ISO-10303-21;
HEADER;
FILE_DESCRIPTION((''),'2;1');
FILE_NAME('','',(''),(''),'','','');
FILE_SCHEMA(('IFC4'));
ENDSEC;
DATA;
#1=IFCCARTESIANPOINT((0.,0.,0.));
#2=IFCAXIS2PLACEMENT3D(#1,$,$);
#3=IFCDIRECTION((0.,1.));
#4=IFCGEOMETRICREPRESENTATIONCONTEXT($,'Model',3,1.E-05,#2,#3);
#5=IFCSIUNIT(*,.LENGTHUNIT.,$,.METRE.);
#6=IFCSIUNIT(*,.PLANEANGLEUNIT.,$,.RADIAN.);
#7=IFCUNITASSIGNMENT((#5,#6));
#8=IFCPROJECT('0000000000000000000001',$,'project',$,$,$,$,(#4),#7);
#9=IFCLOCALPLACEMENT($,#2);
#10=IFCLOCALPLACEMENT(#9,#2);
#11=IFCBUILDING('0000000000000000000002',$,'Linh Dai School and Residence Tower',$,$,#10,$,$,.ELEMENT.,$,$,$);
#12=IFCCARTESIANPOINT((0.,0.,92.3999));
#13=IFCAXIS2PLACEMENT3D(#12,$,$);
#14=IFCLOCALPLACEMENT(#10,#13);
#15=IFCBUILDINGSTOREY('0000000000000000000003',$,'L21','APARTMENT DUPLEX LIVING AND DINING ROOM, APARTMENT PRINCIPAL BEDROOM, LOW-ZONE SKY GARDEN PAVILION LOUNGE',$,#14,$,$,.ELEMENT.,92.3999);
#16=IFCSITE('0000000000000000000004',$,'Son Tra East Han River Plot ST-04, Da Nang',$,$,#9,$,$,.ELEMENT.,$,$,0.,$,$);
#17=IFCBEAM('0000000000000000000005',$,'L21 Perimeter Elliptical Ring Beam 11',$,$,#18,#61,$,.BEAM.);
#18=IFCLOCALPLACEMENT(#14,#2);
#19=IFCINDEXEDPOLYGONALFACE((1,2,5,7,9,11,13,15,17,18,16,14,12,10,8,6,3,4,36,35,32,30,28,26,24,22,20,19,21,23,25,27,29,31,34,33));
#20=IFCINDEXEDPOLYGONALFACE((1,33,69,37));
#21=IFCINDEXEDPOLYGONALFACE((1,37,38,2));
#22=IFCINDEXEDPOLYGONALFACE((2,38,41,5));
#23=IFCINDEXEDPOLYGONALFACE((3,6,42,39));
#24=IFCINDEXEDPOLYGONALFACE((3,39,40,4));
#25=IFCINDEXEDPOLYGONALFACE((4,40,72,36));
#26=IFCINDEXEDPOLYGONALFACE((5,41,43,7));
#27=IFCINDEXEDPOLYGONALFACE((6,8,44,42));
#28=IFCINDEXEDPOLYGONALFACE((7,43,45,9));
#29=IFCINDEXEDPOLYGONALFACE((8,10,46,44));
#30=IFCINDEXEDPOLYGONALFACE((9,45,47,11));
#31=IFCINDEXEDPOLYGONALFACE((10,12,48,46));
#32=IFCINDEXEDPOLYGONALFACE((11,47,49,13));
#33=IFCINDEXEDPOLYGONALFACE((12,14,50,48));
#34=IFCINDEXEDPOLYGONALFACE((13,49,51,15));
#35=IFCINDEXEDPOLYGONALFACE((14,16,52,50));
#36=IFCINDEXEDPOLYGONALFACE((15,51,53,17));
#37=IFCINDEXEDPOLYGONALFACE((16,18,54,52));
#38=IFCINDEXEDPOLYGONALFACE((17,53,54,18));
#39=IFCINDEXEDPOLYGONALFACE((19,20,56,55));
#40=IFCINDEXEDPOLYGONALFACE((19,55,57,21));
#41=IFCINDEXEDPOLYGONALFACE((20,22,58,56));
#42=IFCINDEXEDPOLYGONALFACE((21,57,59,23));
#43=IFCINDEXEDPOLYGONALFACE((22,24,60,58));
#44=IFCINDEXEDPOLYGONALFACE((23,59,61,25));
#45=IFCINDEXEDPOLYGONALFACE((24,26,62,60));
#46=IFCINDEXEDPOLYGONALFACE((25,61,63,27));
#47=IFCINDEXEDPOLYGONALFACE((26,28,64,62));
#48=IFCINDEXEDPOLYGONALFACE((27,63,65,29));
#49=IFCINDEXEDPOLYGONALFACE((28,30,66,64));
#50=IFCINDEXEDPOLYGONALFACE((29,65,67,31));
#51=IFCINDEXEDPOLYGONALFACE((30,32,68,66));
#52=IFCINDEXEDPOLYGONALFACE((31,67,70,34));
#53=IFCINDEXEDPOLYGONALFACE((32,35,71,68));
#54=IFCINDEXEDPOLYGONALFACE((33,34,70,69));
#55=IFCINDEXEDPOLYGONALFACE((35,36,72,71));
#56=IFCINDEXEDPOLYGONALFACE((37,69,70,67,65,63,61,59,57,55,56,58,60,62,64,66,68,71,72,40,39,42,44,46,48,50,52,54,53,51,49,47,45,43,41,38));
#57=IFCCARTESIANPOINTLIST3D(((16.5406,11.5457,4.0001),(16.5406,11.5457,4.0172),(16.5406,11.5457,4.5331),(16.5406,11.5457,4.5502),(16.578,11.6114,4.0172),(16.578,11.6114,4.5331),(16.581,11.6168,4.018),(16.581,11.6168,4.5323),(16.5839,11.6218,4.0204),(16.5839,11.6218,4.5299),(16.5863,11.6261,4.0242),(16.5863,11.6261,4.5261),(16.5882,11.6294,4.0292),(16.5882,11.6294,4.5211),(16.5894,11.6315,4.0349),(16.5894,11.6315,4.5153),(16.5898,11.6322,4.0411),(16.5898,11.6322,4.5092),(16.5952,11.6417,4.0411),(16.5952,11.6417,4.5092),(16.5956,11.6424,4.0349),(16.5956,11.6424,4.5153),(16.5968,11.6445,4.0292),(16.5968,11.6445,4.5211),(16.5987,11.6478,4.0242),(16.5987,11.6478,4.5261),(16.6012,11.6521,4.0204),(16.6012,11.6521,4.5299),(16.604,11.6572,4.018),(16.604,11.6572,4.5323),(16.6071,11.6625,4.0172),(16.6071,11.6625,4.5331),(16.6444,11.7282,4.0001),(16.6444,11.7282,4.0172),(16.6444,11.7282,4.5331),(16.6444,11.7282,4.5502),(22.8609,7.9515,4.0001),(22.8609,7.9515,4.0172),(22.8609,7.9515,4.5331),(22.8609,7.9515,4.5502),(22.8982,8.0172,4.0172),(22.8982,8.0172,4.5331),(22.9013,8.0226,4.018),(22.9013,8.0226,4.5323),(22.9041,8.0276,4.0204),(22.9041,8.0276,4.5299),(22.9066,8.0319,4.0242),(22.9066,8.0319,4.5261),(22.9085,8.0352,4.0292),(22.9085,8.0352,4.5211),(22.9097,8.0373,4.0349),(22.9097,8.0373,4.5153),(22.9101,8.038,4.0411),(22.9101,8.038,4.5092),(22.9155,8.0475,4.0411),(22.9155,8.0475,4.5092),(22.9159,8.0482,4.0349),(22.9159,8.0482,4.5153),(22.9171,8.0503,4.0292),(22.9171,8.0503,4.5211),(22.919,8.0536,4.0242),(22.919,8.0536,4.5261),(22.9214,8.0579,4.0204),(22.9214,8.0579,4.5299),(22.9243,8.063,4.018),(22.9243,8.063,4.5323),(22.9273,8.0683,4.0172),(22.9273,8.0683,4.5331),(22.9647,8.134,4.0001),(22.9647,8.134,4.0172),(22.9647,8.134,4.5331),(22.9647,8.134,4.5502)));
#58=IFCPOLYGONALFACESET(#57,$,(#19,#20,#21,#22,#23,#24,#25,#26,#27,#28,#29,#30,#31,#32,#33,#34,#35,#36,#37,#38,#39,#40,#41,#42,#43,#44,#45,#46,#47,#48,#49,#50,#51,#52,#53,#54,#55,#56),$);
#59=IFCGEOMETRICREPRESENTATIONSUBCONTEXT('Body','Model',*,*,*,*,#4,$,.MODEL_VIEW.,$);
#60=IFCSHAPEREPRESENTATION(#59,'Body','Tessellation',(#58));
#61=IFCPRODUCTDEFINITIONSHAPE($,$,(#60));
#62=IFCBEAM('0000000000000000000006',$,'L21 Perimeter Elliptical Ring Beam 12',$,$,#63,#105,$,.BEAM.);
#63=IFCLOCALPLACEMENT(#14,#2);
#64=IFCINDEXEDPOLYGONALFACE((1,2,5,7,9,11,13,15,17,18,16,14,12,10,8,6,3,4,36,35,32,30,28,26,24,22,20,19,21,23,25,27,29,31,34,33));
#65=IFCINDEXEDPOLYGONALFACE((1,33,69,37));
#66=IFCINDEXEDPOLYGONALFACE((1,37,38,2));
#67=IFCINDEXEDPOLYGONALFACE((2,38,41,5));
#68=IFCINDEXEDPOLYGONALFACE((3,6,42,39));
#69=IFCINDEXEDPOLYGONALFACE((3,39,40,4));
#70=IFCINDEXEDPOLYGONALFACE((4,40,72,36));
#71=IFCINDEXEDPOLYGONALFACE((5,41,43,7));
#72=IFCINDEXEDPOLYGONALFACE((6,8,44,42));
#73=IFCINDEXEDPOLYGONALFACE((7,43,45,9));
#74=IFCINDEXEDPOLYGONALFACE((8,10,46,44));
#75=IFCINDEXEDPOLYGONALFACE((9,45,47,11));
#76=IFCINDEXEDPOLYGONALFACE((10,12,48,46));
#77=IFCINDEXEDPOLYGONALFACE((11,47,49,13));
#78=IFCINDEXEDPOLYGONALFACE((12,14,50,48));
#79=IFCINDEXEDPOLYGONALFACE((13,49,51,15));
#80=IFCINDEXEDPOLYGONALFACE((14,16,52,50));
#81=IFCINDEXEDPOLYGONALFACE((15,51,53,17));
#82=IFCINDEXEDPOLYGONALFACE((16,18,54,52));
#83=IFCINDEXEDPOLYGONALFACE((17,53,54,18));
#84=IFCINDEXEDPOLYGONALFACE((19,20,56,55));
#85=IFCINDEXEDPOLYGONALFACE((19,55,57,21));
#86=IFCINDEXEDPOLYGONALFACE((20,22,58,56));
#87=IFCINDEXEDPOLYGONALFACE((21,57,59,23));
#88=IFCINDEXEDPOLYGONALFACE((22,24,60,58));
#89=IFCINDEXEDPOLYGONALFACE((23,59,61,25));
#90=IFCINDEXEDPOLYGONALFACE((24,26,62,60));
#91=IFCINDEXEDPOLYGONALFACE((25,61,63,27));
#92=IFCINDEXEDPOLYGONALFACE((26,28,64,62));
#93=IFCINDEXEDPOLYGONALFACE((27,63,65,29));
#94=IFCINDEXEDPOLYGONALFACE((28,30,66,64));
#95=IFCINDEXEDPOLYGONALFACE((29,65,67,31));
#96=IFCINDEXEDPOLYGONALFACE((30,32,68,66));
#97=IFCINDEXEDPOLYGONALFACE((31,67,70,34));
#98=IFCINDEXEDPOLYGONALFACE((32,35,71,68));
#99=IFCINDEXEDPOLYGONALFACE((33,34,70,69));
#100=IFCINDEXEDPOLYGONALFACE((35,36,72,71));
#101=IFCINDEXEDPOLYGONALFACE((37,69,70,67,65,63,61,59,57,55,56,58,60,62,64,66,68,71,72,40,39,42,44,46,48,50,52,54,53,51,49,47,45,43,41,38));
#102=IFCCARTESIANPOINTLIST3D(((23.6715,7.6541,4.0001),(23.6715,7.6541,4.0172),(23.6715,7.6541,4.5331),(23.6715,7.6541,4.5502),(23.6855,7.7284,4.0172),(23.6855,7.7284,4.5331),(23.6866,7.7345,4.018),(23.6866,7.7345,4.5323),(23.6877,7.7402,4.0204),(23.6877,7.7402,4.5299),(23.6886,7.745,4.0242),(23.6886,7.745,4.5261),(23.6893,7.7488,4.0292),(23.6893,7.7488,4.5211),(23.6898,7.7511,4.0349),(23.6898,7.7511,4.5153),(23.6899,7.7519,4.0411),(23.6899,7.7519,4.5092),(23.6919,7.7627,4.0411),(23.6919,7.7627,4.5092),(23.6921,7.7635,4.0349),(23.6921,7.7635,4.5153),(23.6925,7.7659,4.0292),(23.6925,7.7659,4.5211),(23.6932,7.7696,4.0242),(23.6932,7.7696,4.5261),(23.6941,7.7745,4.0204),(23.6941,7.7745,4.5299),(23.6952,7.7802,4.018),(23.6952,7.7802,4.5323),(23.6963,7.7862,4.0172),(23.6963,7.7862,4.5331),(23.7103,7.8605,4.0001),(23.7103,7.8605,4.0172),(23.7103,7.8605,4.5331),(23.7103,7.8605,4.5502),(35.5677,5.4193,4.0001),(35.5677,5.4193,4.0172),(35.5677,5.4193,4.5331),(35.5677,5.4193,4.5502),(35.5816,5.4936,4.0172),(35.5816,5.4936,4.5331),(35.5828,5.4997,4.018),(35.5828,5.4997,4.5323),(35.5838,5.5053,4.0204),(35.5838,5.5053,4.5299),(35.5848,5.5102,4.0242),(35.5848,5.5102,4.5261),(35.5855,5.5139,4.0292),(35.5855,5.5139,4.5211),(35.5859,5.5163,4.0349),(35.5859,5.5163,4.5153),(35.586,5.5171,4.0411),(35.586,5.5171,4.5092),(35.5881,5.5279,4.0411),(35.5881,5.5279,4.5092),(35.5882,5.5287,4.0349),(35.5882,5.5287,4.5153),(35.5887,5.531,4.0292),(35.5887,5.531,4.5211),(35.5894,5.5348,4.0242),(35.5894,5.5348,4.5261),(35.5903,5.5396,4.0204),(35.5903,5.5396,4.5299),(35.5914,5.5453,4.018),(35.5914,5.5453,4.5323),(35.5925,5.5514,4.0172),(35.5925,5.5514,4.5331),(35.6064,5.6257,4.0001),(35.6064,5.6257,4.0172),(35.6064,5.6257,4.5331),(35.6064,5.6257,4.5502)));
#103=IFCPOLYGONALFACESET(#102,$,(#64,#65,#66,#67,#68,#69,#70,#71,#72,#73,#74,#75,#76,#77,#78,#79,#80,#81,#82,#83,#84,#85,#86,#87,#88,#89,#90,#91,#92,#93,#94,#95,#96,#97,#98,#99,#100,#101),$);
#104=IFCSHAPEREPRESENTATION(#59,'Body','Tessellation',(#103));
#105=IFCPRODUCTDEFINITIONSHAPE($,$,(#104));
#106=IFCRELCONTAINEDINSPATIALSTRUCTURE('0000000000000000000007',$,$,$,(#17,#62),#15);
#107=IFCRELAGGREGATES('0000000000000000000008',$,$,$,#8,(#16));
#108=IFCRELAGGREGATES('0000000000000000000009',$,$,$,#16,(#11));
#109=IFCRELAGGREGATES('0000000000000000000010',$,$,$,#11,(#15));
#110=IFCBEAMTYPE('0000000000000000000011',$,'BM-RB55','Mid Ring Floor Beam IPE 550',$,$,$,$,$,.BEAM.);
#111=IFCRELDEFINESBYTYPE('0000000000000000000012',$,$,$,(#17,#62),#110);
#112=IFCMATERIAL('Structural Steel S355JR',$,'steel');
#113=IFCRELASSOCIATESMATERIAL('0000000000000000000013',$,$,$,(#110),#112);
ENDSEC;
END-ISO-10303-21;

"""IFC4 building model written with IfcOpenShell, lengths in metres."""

from ifc_helpers import new_model, si_unit, direction, frame, origin, origin_2d, place, context, subcontext, project, spatial, i_section, extrude, material, material_profile, profile_set, type_object, element, save


model = new_model("IFC4")

# Units and contexts
model_context = context("Model", 3, precision=1e-05, world=origin(), true_north=direction((0.0, 1.0)))
body_context = subcontext(model_context, "Body", "Model", "MODEL_VIEW")
ifc_project = project(units=[si_unit("LENGTHUNIT", "METRE"), si_unit("PLANEANGLEUNIT", "RADIAN")], contexts=[model_context])

# Site, building, storey
site_placement = place(None, origin())
site = spatial("IfcSite", under=ifc_project, at=site_placement, Name="Son Tra East Han River Plot ST-04, Da Nang", CompositionType="ELEMENT", RefElevation=0.0)
building_placement = place(site_placement, origin())
building = spatial("IfcBuilding", under=site, at=building_placement, Name="Linh Dai School and Residence Tower", CompositionType="ELEMENT")
storey_placement = place(building_placement, frame((0.0, 0.0, 92.3999)))
storey = spatial("IfcBuildingStorey", under=building, at=storey_placement, Name="L21", Description="APARTMENT DUPLEX LIVING AND DINING ROOM, APARTMENT PRINCIPAL BEDROOM, LOW-ZONE SKY GARDEN PAVILION LOUNGE", CompositionType="ELEMENT", Elevation=92.3999)

# Shared definitions
ifc_material_1 = material(Name="Structural Steel S355JR", Category="steel")

# Beams
ifc_material_profile_1 = material_profile(ifc_material_1, i_section(OverallWidth=0.21, OverallDepth=0.55, WebThickness=0.011, FlangeThickness=0.0171, FilletRadius=0.0239, at=origin_2d()), Name="IPE 550")
ifc_profile_set_1 = profile_set([ifc_material_profile_1], Name="Structural Steel S355JR")
beam_type = type_object("IfcBeamType", Name="BM-RB55", Description="Mid Ring Floor Beam IPE 550", PredefinedType="BEAM", material=ifc_profile_set_1)
beam_1_placement = place(storey_placement, frame((16.5925, 11.637, 4.2751), z_axis=(0.86927, -0.494337, 0.0), x_axis=(0.494337, 0.86927, 0.0)))
element("IfcBeam", 1, at=beam_1_placement, inside=storey, type_object=beam_type, Name="L21 Perimeter Elliptical Ring Beam 11", PredefinedType="BEAM", context=body_context, shape_type="SweptSolid", body=[
    extrude(i_section(OverallWidth=0.21, OverallDepth=0.55, WebThickness=0.011, FlangeThickness=0.0171, FilletRadius=0.0239, at=origin_2d()), origin(), (0.0, 0.0, 1.0), 7.2708),
])
beam_2_placement = place(storey_placement, frame((23.6909, 7.7573, 4.2751), z_axis=(0.982808, -0.184633, 0.0), x_axis=(0.184633, 0.982808, 0.0)))
element("IfcBeam", 2, at=beam_2_placement, inside=storey, type_object=beam_type, Name="L21 Perimeter Elliptical Ring Beam 12", PredefinedType="BEAM", context=body_context, shape_type="SweptSolid", body=[
    extrude(i_section(OverallWidth=0.21, OverallDepth=0.55, WebThickness=0.011, FlangeThickness=0.0171, FilletRadius=0.0239, at=origin_2d()), origin(), (0.0, 0.0, 1.0), 12.1042),
])

save(model, "model.ifc")
